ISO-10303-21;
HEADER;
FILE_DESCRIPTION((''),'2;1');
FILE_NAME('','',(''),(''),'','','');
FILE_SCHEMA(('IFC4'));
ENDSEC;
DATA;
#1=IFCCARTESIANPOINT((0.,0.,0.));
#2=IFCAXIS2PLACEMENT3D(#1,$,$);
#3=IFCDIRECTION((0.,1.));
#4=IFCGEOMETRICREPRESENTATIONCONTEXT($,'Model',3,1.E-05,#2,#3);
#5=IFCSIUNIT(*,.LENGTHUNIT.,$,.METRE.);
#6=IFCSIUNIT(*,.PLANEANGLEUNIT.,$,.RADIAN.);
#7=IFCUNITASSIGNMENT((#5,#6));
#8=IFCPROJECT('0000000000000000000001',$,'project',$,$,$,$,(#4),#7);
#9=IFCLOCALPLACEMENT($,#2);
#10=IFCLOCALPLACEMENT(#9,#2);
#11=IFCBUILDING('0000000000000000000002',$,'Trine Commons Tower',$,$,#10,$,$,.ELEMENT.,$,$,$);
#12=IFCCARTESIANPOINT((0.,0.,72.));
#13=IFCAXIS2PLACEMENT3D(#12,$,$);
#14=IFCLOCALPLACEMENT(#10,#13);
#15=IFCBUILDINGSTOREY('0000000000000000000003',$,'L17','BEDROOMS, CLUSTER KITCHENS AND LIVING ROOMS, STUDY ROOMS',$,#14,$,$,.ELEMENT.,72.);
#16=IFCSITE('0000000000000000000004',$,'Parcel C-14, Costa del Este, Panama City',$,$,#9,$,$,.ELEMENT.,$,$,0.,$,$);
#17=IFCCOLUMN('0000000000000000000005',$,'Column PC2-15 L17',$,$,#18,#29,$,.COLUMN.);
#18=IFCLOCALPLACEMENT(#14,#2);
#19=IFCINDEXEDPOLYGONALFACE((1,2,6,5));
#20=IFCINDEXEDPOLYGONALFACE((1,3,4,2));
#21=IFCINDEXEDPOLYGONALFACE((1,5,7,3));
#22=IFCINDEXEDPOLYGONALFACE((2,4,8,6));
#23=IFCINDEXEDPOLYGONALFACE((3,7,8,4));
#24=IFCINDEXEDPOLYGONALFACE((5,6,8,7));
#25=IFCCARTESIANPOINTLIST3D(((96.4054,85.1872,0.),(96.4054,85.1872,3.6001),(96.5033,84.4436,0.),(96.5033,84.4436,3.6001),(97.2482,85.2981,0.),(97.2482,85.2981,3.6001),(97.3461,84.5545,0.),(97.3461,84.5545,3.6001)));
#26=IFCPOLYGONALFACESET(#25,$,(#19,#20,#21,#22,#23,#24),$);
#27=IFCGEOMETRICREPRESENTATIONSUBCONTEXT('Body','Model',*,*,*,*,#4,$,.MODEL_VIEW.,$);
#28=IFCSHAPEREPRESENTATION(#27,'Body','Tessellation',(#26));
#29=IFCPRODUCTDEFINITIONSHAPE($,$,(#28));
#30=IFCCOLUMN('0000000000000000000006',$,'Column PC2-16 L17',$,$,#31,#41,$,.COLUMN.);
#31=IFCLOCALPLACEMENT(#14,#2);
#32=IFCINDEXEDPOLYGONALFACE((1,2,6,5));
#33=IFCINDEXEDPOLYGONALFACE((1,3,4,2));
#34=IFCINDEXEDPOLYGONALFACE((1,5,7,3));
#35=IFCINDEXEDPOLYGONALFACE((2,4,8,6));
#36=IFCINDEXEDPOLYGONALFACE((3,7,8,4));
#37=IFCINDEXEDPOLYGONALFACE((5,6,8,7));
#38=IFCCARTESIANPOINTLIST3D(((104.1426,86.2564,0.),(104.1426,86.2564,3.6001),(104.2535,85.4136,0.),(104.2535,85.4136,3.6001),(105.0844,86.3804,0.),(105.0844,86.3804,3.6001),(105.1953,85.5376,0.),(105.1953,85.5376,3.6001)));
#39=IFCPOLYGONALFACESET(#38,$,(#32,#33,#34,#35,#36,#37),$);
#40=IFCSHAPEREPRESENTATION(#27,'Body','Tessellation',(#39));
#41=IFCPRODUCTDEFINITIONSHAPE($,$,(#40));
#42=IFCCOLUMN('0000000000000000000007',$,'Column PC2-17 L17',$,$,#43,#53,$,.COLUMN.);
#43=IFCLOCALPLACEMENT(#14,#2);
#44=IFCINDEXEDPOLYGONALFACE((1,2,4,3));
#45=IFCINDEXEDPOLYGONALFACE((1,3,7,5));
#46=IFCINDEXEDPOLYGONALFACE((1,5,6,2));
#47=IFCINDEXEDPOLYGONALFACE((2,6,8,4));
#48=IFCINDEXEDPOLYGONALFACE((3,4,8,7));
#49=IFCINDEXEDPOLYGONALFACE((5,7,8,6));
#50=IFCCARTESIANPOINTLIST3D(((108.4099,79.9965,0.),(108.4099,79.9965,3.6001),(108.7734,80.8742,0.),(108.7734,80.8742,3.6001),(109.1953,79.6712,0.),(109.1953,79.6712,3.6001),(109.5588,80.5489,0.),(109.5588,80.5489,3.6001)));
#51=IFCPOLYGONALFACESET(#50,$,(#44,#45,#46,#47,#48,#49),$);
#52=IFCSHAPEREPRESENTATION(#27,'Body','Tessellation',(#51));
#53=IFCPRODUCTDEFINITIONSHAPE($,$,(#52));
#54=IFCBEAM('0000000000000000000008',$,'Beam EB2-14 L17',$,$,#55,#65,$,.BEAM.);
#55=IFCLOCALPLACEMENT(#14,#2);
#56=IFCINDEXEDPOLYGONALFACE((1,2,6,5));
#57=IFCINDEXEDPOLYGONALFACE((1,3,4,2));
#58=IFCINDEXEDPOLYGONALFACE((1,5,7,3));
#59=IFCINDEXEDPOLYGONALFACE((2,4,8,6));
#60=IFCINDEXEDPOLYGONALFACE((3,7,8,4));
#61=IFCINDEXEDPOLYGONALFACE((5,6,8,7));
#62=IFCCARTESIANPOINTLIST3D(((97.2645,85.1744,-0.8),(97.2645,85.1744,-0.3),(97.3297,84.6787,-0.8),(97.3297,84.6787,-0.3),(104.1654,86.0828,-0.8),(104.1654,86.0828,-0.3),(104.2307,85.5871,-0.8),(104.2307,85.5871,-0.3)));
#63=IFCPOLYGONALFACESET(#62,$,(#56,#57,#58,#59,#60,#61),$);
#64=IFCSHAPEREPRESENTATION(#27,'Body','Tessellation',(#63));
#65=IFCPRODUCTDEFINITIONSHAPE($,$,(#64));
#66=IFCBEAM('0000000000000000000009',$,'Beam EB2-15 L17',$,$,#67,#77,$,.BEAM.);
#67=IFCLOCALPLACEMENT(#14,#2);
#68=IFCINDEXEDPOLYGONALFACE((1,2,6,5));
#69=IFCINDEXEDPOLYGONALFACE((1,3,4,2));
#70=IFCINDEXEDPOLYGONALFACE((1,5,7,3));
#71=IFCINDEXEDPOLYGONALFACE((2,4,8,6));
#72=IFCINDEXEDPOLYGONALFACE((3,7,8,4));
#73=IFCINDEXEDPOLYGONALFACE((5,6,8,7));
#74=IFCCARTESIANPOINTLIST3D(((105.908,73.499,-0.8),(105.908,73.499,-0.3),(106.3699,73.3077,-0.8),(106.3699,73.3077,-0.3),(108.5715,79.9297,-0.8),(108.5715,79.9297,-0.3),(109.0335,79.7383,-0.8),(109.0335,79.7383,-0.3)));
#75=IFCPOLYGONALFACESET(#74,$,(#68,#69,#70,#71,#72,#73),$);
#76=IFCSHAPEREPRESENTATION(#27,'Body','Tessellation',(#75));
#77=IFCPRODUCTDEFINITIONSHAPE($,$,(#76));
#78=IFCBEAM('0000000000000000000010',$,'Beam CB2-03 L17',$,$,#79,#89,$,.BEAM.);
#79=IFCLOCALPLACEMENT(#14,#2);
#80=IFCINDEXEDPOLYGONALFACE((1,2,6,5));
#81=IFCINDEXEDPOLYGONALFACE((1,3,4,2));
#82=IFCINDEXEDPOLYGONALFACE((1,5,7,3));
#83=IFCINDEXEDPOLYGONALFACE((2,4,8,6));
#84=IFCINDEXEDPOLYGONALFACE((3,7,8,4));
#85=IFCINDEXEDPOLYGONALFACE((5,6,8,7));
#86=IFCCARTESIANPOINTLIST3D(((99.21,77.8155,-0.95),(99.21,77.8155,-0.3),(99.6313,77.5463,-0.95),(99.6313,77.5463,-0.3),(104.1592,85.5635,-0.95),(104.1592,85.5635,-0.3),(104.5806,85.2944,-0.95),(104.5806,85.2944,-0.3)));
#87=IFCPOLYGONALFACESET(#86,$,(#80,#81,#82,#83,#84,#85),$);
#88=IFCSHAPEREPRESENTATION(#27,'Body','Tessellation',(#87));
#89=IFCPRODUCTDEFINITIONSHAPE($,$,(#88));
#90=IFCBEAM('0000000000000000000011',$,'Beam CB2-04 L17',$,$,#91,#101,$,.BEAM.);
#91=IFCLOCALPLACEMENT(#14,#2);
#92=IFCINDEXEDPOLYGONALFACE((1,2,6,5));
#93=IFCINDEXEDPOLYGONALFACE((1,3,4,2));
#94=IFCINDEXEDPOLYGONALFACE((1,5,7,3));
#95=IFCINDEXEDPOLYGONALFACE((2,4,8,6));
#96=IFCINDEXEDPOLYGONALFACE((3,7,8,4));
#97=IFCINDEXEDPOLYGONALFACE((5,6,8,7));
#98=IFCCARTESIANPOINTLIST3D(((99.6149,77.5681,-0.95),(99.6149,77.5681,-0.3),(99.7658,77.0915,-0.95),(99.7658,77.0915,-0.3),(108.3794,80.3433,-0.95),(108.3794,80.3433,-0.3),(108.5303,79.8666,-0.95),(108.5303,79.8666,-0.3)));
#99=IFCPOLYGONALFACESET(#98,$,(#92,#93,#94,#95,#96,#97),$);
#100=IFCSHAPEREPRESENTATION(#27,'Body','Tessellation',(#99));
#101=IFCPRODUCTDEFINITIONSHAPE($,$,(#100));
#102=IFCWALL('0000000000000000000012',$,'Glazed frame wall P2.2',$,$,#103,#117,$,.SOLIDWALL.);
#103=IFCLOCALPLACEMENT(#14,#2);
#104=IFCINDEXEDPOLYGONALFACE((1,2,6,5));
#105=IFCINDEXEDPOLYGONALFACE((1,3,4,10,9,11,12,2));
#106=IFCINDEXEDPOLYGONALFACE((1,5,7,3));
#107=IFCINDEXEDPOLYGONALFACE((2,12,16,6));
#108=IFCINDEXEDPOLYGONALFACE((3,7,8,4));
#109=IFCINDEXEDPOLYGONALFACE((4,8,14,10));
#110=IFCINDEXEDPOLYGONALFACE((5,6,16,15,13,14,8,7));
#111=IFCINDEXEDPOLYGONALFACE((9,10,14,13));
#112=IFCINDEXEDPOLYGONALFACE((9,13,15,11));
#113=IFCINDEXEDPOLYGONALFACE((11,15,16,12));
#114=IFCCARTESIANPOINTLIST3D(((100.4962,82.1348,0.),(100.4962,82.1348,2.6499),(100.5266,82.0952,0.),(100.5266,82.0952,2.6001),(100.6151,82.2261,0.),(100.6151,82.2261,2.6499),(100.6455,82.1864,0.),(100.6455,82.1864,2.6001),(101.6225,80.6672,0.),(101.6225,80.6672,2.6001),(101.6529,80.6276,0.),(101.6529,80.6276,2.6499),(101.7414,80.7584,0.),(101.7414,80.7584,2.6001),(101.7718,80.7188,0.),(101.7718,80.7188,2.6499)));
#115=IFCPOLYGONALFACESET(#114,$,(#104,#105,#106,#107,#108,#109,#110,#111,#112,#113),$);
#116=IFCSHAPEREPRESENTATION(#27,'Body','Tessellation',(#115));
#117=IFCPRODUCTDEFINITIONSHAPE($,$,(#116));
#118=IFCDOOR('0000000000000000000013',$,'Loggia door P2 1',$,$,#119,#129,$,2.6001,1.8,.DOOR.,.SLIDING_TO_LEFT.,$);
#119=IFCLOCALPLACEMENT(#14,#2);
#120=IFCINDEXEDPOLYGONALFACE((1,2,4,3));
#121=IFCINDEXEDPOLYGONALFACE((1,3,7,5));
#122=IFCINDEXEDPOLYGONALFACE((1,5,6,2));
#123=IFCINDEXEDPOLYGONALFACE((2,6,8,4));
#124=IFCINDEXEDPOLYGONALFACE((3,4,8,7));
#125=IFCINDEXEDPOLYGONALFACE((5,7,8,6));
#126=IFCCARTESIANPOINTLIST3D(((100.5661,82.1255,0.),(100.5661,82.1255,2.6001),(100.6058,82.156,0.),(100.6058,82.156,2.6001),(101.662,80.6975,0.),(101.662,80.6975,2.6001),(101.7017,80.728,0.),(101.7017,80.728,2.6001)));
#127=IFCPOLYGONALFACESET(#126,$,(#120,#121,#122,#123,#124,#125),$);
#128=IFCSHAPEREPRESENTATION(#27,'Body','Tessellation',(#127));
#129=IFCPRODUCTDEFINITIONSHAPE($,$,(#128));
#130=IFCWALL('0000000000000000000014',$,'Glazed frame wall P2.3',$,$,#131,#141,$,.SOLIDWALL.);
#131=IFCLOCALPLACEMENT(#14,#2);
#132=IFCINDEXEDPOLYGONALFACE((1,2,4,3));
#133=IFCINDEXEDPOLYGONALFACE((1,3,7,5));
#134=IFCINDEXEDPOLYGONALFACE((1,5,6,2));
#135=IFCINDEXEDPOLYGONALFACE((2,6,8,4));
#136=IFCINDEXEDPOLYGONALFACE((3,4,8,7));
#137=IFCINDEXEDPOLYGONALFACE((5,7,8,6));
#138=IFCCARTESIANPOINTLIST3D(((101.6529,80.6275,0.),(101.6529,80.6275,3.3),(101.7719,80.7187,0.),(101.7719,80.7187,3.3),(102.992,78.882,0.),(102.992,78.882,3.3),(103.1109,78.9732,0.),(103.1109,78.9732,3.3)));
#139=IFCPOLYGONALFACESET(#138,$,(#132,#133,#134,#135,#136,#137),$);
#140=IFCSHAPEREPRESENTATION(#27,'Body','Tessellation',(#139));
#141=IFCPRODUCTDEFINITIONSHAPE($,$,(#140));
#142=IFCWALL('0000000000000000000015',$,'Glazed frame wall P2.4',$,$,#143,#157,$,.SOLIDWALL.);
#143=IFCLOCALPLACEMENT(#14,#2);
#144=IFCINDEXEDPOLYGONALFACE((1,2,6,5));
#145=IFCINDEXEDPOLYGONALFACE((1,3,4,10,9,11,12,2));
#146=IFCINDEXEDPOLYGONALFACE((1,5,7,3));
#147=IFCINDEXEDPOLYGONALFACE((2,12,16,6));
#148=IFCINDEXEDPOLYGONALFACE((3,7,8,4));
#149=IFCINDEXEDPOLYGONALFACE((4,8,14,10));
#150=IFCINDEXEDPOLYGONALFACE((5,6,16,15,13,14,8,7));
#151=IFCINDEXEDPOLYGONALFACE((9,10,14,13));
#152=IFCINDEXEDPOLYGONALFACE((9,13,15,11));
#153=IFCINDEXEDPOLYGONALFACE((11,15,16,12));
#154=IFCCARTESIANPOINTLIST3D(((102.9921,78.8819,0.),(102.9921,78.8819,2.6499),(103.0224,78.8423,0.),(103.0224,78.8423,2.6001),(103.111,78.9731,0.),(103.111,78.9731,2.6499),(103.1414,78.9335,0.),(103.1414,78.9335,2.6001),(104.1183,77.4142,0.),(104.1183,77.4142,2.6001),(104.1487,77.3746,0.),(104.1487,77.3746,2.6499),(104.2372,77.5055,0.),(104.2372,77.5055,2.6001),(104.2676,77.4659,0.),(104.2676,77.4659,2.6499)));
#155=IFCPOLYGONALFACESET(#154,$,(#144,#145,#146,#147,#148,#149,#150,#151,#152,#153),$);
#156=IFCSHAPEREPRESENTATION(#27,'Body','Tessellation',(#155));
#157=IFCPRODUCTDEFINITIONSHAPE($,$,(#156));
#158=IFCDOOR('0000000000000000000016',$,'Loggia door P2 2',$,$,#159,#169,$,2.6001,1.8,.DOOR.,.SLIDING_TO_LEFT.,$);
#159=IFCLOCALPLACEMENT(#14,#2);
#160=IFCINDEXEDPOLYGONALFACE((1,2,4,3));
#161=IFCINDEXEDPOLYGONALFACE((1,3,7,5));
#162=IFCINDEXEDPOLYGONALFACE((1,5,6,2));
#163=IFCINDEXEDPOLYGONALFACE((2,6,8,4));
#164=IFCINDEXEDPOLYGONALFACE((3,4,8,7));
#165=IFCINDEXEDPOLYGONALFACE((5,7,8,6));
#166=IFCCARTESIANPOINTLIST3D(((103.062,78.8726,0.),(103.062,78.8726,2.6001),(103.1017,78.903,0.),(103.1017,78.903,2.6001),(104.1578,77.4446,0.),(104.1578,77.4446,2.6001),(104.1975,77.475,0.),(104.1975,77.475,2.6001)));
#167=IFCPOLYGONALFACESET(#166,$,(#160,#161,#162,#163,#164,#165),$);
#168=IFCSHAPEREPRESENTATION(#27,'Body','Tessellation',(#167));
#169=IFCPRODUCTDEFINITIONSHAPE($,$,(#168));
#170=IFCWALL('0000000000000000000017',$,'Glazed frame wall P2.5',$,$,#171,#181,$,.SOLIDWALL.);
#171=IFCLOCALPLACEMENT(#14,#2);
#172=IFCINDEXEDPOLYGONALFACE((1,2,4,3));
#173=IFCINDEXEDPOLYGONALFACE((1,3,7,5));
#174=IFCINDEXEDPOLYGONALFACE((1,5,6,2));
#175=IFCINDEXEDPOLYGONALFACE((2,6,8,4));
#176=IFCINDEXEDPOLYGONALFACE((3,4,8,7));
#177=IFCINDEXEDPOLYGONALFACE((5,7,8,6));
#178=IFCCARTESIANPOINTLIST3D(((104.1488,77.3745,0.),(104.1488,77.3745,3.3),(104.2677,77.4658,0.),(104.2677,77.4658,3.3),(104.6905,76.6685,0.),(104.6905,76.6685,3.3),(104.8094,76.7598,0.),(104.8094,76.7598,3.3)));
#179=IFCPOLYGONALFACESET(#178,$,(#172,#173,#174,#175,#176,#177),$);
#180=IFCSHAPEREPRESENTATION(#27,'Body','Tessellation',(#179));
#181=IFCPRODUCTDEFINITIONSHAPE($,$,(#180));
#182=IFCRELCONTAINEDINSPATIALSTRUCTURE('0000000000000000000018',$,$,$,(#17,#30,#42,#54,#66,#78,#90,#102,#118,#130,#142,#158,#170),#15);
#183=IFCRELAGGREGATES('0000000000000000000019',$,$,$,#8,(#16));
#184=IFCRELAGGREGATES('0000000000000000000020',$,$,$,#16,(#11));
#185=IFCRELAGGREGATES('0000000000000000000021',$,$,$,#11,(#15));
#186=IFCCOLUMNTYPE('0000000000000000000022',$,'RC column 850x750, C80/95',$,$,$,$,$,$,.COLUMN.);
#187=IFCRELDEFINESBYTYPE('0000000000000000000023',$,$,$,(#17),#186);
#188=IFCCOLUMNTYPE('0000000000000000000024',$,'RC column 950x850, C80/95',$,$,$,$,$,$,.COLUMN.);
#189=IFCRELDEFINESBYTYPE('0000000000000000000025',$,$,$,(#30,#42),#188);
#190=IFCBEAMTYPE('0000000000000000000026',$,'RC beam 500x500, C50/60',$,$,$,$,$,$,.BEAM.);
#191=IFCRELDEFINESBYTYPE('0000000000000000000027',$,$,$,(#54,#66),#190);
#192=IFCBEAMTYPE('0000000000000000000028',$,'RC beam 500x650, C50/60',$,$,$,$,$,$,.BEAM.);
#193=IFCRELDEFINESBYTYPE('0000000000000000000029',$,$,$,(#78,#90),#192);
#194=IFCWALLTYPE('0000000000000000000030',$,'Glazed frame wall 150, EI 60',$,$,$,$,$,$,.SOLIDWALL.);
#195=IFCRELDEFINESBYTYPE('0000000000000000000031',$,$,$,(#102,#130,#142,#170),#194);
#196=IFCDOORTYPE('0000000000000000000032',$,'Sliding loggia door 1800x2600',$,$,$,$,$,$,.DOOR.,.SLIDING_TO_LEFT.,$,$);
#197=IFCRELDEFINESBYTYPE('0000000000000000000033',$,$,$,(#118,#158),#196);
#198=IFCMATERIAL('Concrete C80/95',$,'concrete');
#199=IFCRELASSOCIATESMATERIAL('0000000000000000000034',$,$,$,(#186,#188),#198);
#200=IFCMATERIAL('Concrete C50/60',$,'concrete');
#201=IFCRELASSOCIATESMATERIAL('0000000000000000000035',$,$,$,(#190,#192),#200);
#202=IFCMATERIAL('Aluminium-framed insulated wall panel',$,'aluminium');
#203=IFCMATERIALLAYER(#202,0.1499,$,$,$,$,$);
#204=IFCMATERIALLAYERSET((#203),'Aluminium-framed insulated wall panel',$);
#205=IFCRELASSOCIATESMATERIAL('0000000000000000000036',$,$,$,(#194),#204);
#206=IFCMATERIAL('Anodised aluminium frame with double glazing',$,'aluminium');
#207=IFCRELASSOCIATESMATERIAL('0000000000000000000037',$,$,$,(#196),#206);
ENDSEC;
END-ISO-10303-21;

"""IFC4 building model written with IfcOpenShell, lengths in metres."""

from ifc_helpers import new_model, si_unit, direction, frame, frame_2d, origin, origin_2d, place, context, subcontext, project, spatial, polyline, rectangle, outline, extrude, material, layer, layer_set, material_profile, profile_set, type_object, element, fill, save


model = new_model("IFC4")

# Units and contexts
model_context = context("Model", 3, precision=1e-05, world=origin(), true_north=direction((0.0, 1.0)))
body_context = subcontext(model_context, "Body", "Model", "MODEL_VIEW")
ifc_project = project(units=[si_unit("LENGTHUNIT", "METRE"), si_unit("PLANEANGLEUNIT", "RADIAN")], contexts=[model_context])

# Site, building, storey
site_placement = place(None, origin())
site = spatial("IfcSite", under=ifc_project, at=site_placement, Name="Parcel C-14, Costa del Este, Panama City", CompositionType="ELEMENT", RefElevation=0.0)
building_placement = place(site_placement, origin())
building = spatial("IfcBuilding", under=site, at=building_placement, Name="Trine Commons Tower", CompositionType="ELEMENT")
storey_placement = place(building_placement, frame((0.0, 0.0, 72.0)))
storey = spatial("IfcBuildingStorey", under=building, at=storey_placement, Name="L17", Description="BEDROOMS, CLUSTER KITCHENS AND LIVING ROOMS, STUDY ROOMS", CompositionType="ELEMENT", Elevation=72.0)

# Columns
ifc_material_1 = material(Name="Concrete C80/95", Category="concrete")
ifc_material_profile_1 = material_profile(ifc_material_1, rectangle(XDim=0.8501, YDim=0.75, at=origin_2d()), Name="RC 850x750")
ifc_profile_set_1 = profile_set([ifc_material_profile_1], Name="Concrete C80/95")
column_type_1 = type_object("IfcColumnType", Name="RC column 850x750, C80/95", PredefinedType="COLUMN", material=ifc_profile_set_1)
column_placement = place(storey_placement, frame((96.8757, 84.8708, 0.0), z_axis=(0.0, 0.0, 1.0), x_axis=(0.991445, 0.130526, 0.0)))
element("IfcColumn", 1, at=column_placement, inside=storey, type_object=column_type_1, Name="Column PC2-15 L17", PredefinedType="COLUMN", context=body_context, shape_type="SweptSolid", body=[
    extrude(rectangle(XDim=0.8501, YDim=0.75, at=origin_2d()), origin(), (0.0, 0.0, 1.0), 3.6001),
])
ifc_material_profile_2 = material_profile(ifc_material_1, rectangle(XDim=0.95, YDim=0.8501, at=origin_2d()), Name="RC 950x850")
ifc_profile_set_2 = profile_set([ifc_material_profile_2], Name="Concrete C80/95")
column_type_2 = type_object("IfcColumnType", Name="RC column 950x850, C80/95", PredefinedType="COLUMN", material=ifc_profile_set_2)
for number, where, z_axis, x_axis, name in (
    (2, (104.6689, 85.897, 0.0), (0.0, 0.0, 1.0), (0.991445, 0.130526, 0.0), "Column PC2-16 L17"),
    (3, (108.9844, 80.2727, 0.0), (0.0, 0.0, 1.0), (0.382683, 0.92388, 0.0), "Column PC2-17 L17"),
):
    element("IfcColumn", number, at=place(storey_placement, frame(where, z_axis=z_axis, x_axis=x_axis)), inside=storey, type_object=column_type_2, Name=name, PredefinedType="COLUMN", context=body_context, shape_type="SweptSolid", body=[
        extrude(rectangle(XDim=0.95, YDim=0.8501, at=origin_2d()), origin(), (0.0, 0.0, 1.0), 3.6001),
    ])

# Beams
ifc_material_2 = material(Name="Concrete C50/60", Category="concrete")
ifc_material_profile_3 = material_profile(ifc_material_2, rectangle(XDim=0.5, YDim=0.5, at=origin_2d()), Name="RC 500x500")
ifc_profile_set_3 = profile_set([ifc_material_profile_3], Name="Concrete C50/60")
beam_type_1 = type_object("IfcBeamType", Name="RC beam 500x500, C50/60", PredefinedType="BEAM", material=ifc_profile_set_3)
for number, where, z_axis, x_axis, name in (
    (4, (97.2971, 84.9265, -0.55), (0.991446, 0.130516, 0.0), (-0.130516, 0.991446, 0.0), "Beam EB2-14 L17"),
    (5, (108.8025, 79.834, -0.55), (-0.382672, -0.923884, 0.0), (0.923884, -0.382672, 0.0), "Beam EB2-15 L17"),
):
    element("IfcBeam", number, at=place(storey_placement, frame(where, z_axis=z_axis, x_axis=x_axis)), inside=storey, type_object=beam_type_1, Name=name, PredefinedType="BEAM", context=body_context, shape_type="SweptSolid", body=[
        extrude(rectangle(XDim=0.5, YDim=0.5, at=origin_2d()), origin(), (0.0, 0.0, 1.0), 6.9604),
    ])
ifc_material_profile_4 = material_profile(ifc_material_2, rectangle(XDim=0.5, YDim=0.6499, at=origin_2d()), Name="RC 500x650")
ifc_profile_set_4 = profile_set([ifc_material_profile_4], Name="Concrete C50/60")
beam_type_2 = type_object("IfcBeamType", Name="RC beam 500x650, C50/60", PredefinedType="BEAM", material=ifc_profile_set_4)
beam_1_placement = place(storey_placement, frame((104.3699, 85.429, -0.625), z_axis=(-0.538318, -0.842742, 0.0), x_axis=(0.842742, -0.538318, 0.0)))
element("IfcBeam", 6, at=beam_1_placement, inside=storey, type_object=beam_type_2, Name="Beam CB2-03 L17", PredefinedType="BEAM", context=body_context, shape_type="SweptSolid", body=[
    extrude(rectangle(XDim=0.5, YDim=0.6499, at=origin_2d()), origin(), (0.0, 0.0, 1.0), 9.1938),
])
beam_2_placement = place(storey_placement, frame((108.4548, 80.105, -0.625), z_axis=(-0.95335, -0.301867, 0.0), x_axis=(0.301867, -0.95335, 0.0)))
element("IfcBeam", 7, at=beam_2_placement, inside=storey, type_object=beam_type_2, Name="Beam CB2-04 L17", PredefinedType="BEAM", context=body_context, shape_type="SweptSolid", body=[
    extrude(rectangle(XDim=0.5, YDim=0.6499, at=origin_2d()), origin(), (0.0, 0.0, 1.0), 9.1934),
])

# Shared definitions
ifc_material_3 = material(Name="Aluminium-framed insulated wall panel", Category="aluminium")
ifc_layer_1 = layer(ifc_material_3, 0.1499)
ifc_layer_set_1 = layer_set([ifc_layer_1], Name="Aluminium-framed insulated wall panel")
wall_type_1 = type_object("IfcWallType", Name="Glazed frame wall 150, EI 60", PredefinedType="SOLIDWALL", material=ifc_layer_set_1)

# Wall, opening, door
wall_1_placement = place(storey_placement, frame((100.5557, 82.1804, 0.0), z_axis=(0.0, 0.0, 1.0), x_axis=(0.608804, -0.793321, 0.0)))
wall_1 = element("IfcWall", 8, at=wall_1_placement, inside=storey, type_object=wall_type_1, Name="Glazed frame wall P2.2", PredefinedType="SOLIDWALL", context=body_context, shape_type="SweptSolid", body=[
    extrude(outline(polyline([(0.0, -0.075), (1.8999, -0.075), (1.8999, 0.075), (0.0, 0.075), (0.0, -0.075)])), origin(), (0.0, 0.0, 1.0), 2.6499),
])
opening_1_placement = place(wall_1_placement, frame((0.05, 0.0, 0.0)))
opening_1 = element("IfcOpeningElement", 9, at=opening_1_placement, cuts=wall_1, PredefinedType="OPENING", context=body_context, shape_type="SweptSolid", body=[
    extrude(rectangle(XDim=1.8, YDim=2.6001, at=frame_2d((0.8999, 1.3))), frame((0.0, 0.085, 0.0), z_axis=(0.0, -1.0, 0.0), x_axis=(1.0, 0.0, 0.0)), (0.0, 0.0, 1.0), 0.1699),
])
ifc_material_4 = material(Name="Anodised aluminium frame with double glazing", Category="aluminium")
door_type_1 = type_object("IfcDoorType", Name="Sliding loggia door 1800x2600", OperationType="SLIDING_TO_LEFT", PredefinedType="DOOR", material=ifc_material_4)
door_1_placement = place(opening_1_placement, origin())
door_1 = element("IfcDoor", 10, at=door_1_placement, inside=storey, type_object=door_type_1, Name="Loggia door P2 1", OperationType="SLIDING_TO_LEFT", OverallHeight=2.6001, OverallWidth=1.8, PredefinedType="DOOR", context=body_context, shape_type="SweptSolid", body=[
    extrude(rectangle(XDim=1.8, YDim=2.6001, at=frame_2d((0.8999, 1.3))), frame((0.0, 0.0249, 0.0), z_axis=(0.0, -1.0, 0.0), x_axis=(1.0, 0.0, 0.0)), (0.0, 0.0, 1.0), 0.05),
])
fill(opening_1, door_1)

# Wall
wall_2_placement = place(storey_placement, frame((101.7124, 80.6731, 0.0), z_axis=(0.0, 0.0, 1.0), x_axis=(0.608664, -0.793428, 0.0)))
element("IfcWall", 11, at=wall_2_placement, inside=storey, type_object=wall_type_1, Name="Glazed frame wall P2.3", PredefinedType="SOLIDWALL", context=body_context, shape_type="SweptSolid", body=[
    extrude(outline(polyline([(0.0, -0.075), (2.2, -0.075), (2.2, 0.075), (0.0, 0.075), (0.0, -0.075)])), origin(), (0.0, 0.0, 1.0), 3.3),
])

# Wall, opening, door
wall_3_placement = place(storey_placement, frame((103.0515, 78.9275, 0.0), z_axis=(0.0, 0.0, 1.0), x_axis=(0.608804, -0.793321, 0.0)))
wall_3 = element("IfcWall", 12, at=wall_3_placement, inside=storey, type_object=wall_type_1, Name="Glazed frame wall P2.4", PredefinedType="SOLIDWALL", context=body_context, shape_type="SweptSolid", body=[
    extrude(outline(polyline([(0.0, -0.075), (1.8999, -0.075), (1.8999, 0.075), (0.0, 0.075), (0.0, -0.075)])), origin(), (0.0, 0.0, 1.0), 2.6499),
])
opening_2_placement = place(wall_3_placement, frame((0.05, 0.0, 0.0)))
opening_2 = element("IfcOpeningElement", 13, at=opening_2_placement, cuts=wall_3, PredefinedType="OPENING", context=body_context, shape_type="SweptSolid", body=[
    extrude(rectangle(XDim=1.8, YDim=2.6001, at=frame_2d((0.8999, 1.3))), frame((0.0, 0.085, 0.0), z_axis=(0.0, -1.0, 0.0), x_axis=(1.0, 0.0, 0.0)), (0.0, 0.0, 1.0), 0.1699),
])
door_2_placement = place(opening_2_placement, origin())
door_2 = element("IfcDoor", 14, at=door_2_placement, inside=storey, type_object=door_type_1, Name="Loggia door P2 2", OperationType="SLIDING_TO_LEFT", OverallHeight=2.6001, OverallWidth=1.8, PredefinedType="DOOR", context=body_context, shape_type="SweptSolid", body=[
    extrude(rectangle(XDim=1.8, YDim=2.6001, at=frame_2d((0.8999, 1.3))), frame((0.0, 0.0249, 0.0), z_axis=(0.0, -1.0, 0.0), x_axis=(1.0, 0.0, 0.0)), (0.0, 0.0, 1.0), 0.05),
])
fill(opening_2, door_2)

# Wall
wall_4_placement = place(storey_placement, frame((104.2083, 77.4202, 0.0), z_axis=(0.0, 0.0, 1.0), x_axis=(0.608754, -0.793359, 0.0)))
element("IfcWall", 15, at=wall_4_placement, inside=storey, type_object=wall_type_1, Name="Glazed frame wall P2.5", PredefinedType="SOLIDWALL", context=body_context, shape_type="SweptSolid", body=[
    extrude(outline(polyline([(0.8899, 0.075), (0.0, 0.075), (0.0, -0.075), (0.8899, -0.075), (0.8899, 0.075)])), origin(), (0.0, 0.0, 1.0), 3.3),
])

save(model, "model.ifc")
